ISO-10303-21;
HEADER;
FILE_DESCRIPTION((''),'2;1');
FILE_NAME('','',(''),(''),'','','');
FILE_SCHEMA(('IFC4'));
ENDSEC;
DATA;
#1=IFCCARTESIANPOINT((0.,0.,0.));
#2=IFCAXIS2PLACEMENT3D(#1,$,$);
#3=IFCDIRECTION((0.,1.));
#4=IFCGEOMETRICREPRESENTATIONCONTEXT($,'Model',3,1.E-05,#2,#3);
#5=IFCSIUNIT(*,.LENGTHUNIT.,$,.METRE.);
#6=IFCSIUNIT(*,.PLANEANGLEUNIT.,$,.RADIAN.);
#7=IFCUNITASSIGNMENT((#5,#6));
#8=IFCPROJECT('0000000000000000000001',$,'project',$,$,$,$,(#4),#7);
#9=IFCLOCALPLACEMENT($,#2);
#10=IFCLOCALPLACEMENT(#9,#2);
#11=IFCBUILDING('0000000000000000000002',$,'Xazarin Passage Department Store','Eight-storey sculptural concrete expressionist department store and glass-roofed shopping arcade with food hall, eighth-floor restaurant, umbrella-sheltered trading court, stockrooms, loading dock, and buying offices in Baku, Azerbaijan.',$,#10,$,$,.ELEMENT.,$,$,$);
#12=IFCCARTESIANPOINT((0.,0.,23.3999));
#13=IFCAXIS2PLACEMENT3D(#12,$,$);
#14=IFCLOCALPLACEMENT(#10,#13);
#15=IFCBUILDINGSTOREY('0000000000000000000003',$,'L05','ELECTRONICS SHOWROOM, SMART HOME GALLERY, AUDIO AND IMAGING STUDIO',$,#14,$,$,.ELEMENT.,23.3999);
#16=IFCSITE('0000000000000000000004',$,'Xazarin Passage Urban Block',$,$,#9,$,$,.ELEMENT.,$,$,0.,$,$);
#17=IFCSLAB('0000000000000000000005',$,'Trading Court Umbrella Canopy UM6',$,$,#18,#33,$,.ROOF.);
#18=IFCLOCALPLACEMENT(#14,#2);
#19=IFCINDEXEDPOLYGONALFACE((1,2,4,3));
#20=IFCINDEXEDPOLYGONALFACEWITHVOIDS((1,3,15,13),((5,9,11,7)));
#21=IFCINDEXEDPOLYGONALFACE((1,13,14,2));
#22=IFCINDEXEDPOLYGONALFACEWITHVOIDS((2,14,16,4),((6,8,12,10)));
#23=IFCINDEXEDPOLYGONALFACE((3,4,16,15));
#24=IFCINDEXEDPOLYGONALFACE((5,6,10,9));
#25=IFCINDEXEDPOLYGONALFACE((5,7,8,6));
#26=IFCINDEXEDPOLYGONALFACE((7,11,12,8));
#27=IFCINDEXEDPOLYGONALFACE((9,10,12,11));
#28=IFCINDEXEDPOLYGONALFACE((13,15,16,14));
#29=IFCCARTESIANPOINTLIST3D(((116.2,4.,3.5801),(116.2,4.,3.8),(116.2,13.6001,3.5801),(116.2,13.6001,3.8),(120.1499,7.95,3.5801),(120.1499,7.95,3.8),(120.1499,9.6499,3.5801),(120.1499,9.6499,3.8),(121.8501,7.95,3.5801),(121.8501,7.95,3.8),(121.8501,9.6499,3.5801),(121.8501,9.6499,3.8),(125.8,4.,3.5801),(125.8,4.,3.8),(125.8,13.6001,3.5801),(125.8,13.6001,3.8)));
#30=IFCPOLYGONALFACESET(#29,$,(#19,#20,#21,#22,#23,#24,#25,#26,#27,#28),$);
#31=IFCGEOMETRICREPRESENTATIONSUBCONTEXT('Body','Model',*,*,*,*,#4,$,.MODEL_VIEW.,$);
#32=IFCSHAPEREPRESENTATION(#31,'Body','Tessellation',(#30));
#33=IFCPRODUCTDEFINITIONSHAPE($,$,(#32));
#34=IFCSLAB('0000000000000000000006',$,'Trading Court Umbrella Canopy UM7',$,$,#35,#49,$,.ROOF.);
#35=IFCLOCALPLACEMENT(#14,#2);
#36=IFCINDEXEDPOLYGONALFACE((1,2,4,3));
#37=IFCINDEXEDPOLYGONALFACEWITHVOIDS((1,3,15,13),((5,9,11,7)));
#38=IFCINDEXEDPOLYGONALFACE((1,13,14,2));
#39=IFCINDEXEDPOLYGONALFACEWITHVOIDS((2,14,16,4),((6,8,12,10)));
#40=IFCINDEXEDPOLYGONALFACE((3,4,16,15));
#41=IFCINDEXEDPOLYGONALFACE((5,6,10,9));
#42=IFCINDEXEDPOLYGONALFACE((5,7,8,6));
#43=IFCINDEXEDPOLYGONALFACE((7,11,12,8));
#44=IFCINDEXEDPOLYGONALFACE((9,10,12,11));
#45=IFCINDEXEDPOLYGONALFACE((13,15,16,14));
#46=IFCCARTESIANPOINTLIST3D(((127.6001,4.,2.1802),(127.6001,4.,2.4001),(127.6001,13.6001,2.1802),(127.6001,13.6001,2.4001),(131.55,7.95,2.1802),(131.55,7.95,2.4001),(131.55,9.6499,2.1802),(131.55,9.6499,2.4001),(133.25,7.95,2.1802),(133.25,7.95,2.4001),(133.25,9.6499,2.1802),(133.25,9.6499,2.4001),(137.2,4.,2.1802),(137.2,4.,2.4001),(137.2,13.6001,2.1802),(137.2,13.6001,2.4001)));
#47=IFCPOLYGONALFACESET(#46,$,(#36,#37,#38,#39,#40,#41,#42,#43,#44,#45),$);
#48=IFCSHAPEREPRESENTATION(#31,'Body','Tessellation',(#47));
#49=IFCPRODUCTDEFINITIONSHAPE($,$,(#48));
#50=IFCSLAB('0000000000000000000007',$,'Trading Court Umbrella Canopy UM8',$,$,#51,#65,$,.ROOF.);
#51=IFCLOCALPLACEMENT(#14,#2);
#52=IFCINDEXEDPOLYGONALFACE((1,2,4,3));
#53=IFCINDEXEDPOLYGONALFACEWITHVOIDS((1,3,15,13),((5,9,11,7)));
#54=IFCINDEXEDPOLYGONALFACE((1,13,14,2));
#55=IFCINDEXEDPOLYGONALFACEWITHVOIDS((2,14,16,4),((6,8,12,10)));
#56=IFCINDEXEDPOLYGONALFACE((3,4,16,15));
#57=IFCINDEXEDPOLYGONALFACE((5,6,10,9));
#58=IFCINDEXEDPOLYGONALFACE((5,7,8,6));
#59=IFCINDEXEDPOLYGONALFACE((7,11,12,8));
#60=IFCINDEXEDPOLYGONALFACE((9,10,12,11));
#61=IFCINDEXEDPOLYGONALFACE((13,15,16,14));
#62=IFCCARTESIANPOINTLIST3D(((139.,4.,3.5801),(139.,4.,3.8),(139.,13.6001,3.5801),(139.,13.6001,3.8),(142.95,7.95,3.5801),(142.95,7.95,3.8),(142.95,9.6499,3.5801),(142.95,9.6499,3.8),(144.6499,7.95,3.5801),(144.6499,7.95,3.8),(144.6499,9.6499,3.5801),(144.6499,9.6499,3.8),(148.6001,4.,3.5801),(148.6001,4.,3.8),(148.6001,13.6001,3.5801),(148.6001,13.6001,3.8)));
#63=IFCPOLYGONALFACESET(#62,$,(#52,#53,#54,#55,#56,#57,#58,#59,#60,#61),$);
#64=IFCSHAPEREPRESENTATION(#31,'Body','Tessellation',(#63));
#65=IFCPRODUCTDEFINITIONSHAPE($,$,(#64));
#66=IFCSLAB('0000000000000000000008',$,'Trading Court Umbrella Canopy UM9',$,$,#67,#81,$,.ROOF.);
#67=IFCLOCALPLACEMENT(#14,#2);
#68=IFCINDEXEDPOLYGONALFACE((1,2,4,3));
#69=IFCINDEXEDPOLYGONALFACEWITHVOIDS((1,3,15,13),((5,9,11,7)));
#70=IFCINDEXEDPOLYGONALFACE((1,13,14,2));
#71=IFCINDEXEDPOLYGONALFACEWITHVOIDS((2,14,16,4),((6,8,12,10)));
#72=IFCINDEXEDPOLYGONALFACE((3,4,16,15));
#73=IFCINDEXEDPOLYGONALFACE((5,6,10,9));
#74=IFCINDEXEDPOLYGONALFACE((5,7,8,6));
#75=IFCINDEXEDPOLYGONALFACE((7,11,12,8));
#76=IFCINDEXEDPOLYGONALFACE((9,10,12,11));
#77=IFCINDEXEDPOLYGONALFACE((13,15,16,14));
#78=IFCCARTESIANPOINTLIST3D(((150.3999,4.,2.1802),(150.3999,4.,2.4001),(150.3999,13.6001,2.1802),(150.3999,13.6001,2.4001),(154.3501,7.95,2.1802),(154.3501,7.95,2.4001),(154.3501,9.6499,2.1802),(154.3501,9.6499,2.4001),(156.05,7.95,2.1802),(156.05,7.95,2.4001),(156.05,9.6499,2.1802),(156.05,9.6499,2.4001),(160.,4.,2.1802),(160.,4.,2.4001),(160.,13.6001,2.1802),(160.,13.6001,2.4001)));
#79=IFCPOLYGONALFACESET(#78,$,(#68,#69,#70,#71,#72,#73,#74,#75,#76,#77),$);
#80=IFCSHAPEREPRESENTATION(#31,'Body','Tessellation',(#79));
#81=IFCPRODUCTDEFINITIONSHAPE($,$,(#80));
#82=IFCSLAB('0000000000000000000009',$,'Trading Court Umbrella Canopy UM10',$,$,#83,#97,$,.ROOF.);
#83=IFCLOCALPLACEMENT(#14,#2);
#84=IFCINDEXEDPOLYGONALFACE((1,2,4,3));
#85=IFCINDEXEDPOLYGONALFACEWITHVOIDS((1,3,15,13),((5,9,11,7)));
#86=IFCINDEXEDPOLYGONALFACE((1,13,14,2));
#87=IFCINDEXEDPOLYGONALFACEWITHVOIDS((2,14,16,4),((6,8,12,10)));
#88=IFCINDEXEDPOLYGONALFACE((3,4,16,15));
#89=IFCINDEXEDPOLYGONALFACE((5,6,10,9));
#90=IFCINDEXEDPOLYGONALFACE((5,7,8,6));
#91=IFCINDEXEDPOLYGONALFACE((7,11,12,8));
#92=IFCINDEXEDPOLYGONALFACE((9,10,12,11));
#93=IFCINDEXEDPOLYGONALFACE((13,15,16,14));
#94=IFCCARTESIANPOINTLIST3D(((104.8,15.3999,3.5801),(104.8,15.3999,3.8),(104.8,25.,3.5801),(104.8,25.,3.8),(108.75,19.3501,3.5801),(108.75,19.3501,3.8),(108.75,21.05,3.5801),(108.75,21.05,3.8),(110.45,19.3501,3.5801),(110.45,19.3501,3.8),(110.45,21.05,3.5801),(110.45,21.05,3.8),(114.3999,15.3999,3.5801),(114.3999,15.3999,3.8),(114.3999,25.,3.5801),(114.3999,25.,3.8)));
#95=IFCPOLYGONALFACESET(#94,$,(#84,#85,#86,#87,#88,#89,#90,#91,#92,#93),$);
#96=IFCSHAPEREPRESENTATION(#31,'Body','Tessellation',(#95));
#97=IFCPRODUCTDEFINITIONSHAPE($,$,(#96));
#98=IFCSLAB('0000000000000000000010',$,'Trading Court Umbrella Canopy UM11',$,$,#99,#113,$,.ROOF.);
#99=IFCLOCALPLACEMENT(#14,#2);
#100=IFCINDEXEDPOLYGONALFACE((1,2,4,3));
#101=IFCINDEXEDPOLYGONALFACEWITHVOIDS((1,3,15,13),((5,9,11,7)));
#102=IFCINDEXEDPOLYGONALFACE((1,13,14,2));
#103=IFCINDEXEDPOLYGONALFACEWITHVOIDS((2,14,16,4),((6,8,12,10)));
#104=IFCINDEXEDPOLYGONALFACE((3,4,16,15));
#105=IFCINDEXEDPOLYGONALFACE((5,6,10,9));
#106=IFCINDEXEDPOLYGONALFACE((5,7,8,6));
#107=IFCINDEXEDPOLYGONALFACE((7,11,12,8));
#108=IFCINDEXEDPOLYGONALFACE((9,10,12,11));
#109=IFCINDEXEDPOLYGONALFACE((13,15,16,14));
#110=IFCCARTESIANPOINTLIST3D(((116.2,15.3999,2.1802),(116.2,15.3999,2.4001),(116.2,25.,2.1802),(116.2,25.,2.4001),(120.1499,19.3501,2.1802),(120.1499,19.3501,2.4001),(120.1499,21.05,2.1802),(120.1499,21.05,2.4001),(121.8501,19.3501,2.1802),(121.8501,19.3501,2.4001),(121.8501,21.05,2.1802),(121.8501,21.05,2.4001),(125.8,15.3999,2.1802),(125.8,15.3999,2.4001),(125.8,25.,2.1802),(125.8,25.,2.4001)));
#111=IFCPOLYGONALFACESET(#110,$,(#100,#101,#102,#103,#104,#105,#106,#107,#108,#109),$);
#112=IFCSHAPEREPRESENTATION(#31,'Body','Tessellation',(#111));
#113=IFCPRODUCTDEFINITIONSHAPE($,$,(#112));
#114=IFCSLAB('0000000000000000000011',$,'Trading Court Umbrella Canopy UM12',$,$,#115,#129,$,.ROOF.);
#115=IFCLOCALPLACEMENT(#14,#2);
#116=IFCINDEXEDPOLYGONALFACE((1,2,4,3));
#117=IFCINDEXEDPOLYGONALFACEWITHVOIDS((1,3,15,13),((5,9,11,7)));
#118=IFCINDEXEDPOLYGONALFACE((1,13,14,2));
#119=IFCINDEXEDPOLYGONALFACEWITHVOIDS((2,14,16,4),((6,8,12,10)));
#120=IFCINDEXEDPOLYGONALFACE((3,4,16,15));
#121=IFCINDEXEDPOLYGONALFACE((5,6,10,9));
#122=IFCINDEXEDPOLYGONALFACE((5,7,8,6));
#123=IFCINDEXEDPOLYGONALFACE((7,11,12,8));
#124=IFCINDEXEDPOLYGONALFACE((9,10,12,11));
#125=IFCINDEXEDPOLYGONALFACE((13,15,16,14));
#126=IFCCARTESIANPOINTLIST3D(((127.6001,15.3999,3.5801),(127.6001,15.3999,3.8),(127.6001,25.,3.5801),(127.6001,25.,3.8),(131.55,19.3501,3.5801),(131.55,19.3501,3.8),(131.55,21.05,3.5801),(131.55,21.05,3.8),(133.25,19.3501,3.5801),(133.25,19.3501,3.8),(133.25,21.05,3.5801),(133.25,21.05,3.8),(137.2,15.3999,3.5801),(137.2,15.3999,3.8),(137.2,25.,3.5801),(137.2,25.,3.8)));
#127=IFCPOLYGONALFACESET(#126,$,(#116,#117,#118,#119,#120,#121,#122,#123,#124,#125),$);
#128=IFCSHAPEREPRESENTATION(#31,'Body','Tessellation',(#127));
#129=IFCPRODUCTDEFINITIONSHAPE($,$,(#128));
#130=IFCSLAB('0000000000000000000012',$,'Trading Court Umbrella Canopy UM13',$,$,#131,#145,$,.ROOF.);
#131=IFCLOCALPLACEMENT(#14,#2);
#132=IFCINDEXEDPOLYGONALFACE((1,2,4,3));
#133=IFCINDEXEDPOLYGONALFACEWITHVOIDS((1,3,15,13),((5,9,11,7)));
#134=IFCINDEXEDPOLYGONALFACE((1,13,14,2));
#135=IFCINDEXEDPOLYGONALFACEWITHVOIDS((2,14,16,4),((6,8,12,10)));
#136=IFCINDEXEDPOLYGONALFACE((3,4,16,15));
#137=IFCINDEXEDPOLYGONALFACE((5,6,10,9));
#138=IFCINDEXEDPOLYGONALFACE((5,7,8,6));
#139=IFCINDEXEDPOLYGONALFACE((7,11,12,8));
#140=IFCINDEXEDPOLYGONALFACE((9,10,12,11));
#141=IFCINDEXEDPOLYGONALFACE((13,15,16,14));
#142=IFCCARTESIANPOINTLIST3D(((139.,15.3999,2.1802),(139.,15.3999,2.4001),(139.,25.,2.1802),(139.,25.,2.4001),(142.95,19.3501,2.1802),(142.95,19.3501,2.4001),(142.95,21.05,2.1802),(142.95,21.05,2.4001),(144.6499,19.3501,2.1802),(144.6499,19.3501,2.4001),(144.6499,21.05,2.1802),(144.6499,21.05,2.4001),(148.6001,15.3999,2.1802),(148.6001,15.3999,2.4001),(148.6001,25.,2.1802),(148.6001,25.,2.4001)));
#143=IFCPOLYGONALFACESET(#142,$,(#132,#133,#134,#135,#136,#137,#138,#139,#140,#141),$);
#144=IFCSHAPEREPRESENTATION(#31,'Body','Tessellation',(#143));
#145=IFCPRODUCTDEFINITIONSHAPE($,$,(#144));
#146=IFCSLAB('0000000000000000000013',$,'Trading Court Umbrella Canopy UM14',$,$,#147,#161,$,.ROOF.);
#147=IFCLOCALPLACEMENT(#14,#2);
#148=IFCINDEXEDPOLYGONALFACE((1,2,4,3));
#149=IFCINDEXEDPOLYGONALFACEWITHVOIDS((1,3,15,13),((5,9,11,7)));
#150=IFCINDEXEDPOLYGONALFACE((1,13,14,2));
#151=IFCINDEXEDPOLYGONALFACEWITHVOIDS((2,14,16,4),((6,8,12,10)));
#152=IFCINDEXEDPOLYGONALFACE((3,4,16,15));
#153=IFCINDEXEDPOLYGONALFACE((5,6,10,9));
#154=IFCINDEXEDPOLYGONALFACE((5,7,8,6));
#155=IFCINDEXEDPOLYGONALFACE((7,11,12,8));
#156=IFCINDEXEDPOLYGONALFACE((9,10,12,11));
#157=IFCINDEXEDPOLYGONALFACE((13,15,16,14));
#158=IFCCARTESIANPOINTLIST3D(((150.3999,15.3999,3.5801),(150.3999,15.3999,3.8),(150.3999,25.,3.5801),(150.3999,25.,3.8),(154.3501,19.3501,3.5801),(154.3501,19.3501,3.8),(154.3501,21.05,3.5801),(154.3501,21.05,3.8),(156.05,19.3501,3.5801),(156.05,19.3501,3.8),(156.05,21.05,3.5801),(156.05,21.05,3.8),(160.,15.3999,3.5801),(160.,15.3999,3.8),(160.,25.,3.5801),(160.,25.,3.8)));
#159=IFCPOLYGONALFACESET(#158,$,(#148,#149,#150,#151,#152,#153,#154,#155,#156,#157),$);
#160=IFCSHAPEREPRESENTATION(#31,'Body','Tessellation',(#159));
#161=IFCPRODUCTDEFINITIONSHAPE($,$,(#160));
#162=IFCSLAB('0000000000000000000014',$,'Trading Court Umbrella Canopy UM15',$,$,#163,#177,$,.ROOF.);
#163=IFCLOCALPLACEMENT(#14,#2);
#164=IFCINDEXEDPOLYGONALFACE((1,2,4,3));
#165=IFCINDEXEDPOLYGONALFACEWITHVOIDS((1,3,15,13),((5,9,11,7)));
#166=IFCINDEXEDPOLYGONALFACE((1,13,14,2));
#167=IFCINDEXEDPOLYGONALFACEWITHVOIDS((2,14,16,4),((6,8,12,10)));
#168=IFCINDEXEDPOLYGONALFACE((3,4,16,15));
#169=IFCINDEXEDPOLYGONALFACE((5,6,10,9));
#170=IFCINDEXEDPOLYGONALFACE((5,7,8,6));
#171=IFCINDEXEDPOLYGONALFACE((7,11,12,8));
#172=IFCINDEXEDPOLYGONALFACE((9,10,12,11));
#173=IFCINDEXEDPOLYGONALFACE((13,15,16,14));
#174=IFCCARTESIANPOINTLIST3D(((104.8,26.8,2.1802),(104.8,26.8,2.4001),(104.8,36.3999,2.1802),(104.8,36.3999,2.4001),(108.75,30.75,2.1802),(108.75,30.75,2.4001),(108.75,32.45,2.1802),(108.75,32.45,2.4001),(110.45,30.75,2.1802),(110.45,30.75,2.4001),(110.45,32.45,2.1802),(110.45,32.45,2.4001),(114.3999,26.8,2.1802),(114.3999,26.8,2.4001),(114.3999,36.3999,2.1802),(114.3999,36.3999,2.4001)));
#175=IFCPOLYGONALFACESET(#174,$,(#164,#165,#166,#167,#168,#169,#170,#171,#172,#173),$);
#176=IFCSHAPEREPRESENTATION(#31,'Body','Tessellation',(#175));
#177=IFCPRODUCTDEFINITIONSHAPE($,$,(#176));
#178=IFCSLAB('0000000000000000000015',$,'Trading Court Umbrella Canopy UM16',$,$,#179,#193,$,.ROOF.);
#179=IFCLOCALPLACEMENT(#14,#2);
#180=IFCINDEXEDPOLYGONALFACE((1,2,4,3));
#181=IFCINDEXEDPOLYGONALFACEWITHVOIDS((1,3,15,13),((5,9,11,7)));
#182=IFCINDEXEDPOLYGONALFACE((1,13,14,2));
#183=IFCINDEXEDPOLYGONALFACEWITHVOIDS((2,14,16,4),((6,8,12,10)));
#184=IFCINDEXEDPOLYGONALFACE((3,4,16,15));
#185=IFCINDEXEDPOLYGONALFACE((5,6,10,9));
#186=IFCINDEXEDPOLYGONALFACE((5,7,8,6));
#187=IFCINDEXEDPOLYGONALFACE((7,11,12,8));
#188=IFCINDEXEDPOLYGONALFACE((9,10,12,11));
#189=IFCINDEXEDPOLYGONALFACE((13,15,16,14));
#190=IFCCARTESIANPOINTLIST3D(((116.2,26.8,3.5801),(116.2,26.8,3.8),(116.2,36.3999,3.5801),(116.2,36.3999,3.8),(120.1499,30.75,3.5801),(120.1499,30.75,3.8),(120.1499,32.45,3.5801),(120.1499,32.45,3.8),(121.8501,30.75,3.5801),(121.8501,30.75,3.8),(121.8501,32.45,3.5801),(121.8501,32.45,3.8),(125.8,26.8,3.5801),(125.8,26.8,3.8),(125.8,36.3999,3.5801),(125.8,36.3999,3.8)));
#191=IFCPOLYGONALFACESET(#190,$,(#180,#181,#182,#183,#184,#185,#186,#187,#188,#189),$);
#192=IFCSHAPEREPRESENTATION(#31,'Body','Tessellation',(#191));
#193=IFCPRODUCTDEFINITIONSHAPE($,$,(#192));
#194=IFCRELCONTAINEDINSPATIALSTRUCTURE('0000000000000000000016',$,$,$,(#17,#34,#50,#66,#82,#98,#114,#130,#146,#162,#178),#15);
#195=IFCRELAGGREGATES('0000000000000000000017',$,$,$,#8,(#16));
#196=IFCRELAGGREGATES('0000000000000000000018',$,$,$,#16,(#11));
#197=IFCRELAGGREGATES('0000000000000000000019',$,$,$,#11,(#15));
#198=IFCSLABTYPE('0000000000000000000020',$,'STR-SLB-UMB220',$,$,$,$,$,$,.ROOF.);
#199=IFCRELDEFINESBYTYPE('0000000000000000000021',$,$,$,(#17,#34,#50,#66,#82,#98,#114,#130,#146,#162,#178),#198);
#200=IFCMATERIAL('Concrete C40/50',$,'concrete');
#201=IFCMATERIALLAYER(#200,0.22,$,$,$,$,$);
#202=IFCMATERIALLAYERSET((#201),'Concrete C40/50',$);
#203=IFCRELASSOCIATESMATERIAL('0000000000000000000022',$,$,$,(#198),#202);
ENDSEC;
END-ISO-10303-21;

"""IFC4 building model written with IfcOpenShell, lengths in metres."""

from ifc_helpers import new_model, si_unit, direction, frame, origin, place, context, subcontext, project, spatial, polyline, outline, extrude, material, layer, layer_set, type_object, element, save


model = new_model("IFC4")

# Units and contexts
model_context = context("Model", 3, precision=1e-05, world=origin(), true_north=direction((0.0, 1.0)))
body_context = subcontext(model_context, "Body", "Model", "MODEL_VIEW")
ifc_project = project(units=[si_unit("LENGTHUNIT", "METRE"), si_unit("PLANEANGLEUNIT", "RADIAN")], contexts=[model_context])

# Site, building, storey
site_placement = place(None, origin())
site = spatial("IfcSite", under=ifc_project, at=site_placement, Name="Xazarin Passage Urban Block", CompositionType="ELEMENT", RefElevation=0.0)
building_placement = place(site_placement, origin())
building = spatial("IfcBuilding", under=site, at=building_placement, Name="Xazarin Passage Department Store", Description="Eight-storey sculptural concrete expressionist department store and glass-roofed shopping arcade with food hall, eighth-floor restaurant, umbrella-sheltered trading court, stockrooms, loading dock, and buying offices in Baku, Azerbaijan.", CompositionType="ELEMENT")
storey_placement = place(building_placement, frame((0.0, 0.0, 23.3999)))
storey = spatial("IfcBuildingStorey", under=building, at=storey_placement, Name="L05", Description="ELECTRONICS SHOWROOM, SMART HOME GALLERY, AUDIO AND IMAGING STUDIO", CompositionType="ELEMENT", Elevation=23.3999)

# Slabs
ifc_material_1 = material(Name="Concrete C40/50", Category="concrete")
ifc_layer_1 = layer(ifc_material_1, 0.22)
ifc_layer_set_1 = layer_set([ifc_layer_1], Name="Concrete C40/50")
slab_type_1 = type_object("IfcSlabType", Name="STR-SLB-UMB220", PredefinedType="ROOF", material=ifc_layer_set_1)
slab_1_placement = place(storey_placement, frame((0.0, 0.0, 3.5801)))
element("IfcSlab", 1, at=slab_1_placement, inside=storey, type_object=slab_type_1, Name="Trading Court Umbrella Canopy UM6", PredefinedType="ROOF", context=body_context, shape_type="SweptSolid", body=[
    extrude(outline(polyline([(116.2, 4.0), (125.8, 4.0), (125.8, 13.6001), (116.2, 13.6001), (116.2, 4.0)]), holes=[polyline([(120.1499, 9.6499), (121.8501, 9.6499), (121.8501, 7.95), (120.1499, 7.95), (120.1499, 9.6499)])]), origin(), (0.0, 0.0, 1.0), 0.22),
])
slab_2_placement = place(storey_placement, frame((0.0, 0.0, 2.1802)))
element("IfcSlab", 2, at=slab_2_placement, inside=storey, type_object=slab_type_1, Name="Trading Court Umbrella Canopy UM7", PredefinedType="ROOF", context=body_context, shape_type="SweptSolid", body=[
    extrude(outline(polyline([(127.6001, 4.0), (137.2, 4.0), (137.2, 13.6001), (127.6001, 13.6001), (127.6001, 4.0)]), holes=[polyline([(131.55, 9.6499), (133.25, 9.6499), (133.25, 7.95), (131.55, 7.95), (131.55, 9.6499)])]), origin(), (0.0, 0.0, 1.0), 0.22),
])
slab_3_placement = place(storey_placement, frame((0.0, 0.0, 3.5801)))
element("IfcSlab", 3, at=slab_3_placement, inside=storey, type_object=slab_type_1, Name="Trading Court Umbrella Canopy UM8", PredefinedType="ROOF", context=body_context, shape_type="SweptSolid", body=[
    extrude(outline(polyline([(139.0, 4.0), (148.6001, 4.0), (148.6001, 13.6001), (139.0, 13.6001), (139.0, 4.0)]), holes=[polyline([(142.95, 9.6499), (144.6499, 9.6499), (144.6499, 7.95), (142.95, 7.95), (142.95, 9.6499)])]), origin(), (0.0, 0.0, 1.0), 0.22),
])
slab_4_placement = place(storey_placement, frame((0.0, 0.0, 2.1802)))
element("IfcSlab", 4, at=slab_4_placement, inside=storey, type_object=slab_type_1, Name="Trading Court Umbrella Canopy UM9", PredefinedType="ROOF", context=body_context, shape_type="SweptSolid", body=[
    extrude(outline(polyline([(150.3999, 4.0), (160.0, 4.0), (160.0, 13.6001), (150.3999, 13.6001), (150.3999, 4.0)]), holes=[polyline([(154.3501, 9.6499), (156.05, 9.6499), (156.05, 7.95), (154.3501, 7.95), (154.3501, 9.6499)])]), origin(), (0.0, 0.0, 1.0), 0.22),
])
slab_5_placement = place(storey_placement, frame((0.0, 0.0, 3.5801)))
element("IfcSlab", 5, at=slab_5_placement, inside=storey, type_object=slab_type_1, Name="Trading Court Umbrella Canopy UM10", PredefinedType="ROOF", context=body_context, shape_type="SweptSolid", body=[
    extrude(outline(polyline([(104.8, 15.3999), (114.3999, 15.3999), (114.3999, 25.0), (104.8, 25.0), (104.8, 15.3999)]), holes=[polyline([(108.75, 21.05), (110.45, 21.05), (110.45, 19.3501), (108.75, 19.3501), (108.75, 21.05)])]), origin(), (0.0, 0.0, 1.0), 0.22),
])
slab_6_placement = place(storey_placement, frame((0.0, 0.0, 2.1802)))
element("IfcSlab", 6, at=slab_6_placement, inside=storey, type_object=slab_type_1, Name="Trading Court Umbrella Canopy UM11", PredefinedType="ROOF", context=body_context, shape_type="SweptSolid", body=[
    extrude(outline(polyline([(116.2, 15.3999), (125.8, 15.3999), (125.8, 25.0), (116.2, 25.0), (116.2, 15.3999)]), holes=[polyline([(120.1499, 21.05), (121.8501, 21.05), (121.8501, 19.3501), (120.1499, 19.3501), (120.1499, 21.05)])]), origin(), (0.0, 0.0, 1.0), 0.22),
])
slab_7_placement = place(storey_placement, frame((0.0, 0.0, 3.5801)))
element("IfcSlab", 7, at=slab_7_placement, inside=storey, type_object=slab_type_1, Name="Trading Court Umbrella Canopy UM12", PredefinedType="ROOF", context=body_context, shape_type="SweptSolid", body=[
    extrude(outline(polyline([(127.6001, 15.3999), (137.2, 15.3999), (137.2, 25.0), (127.6001, 25.0), (127.6001, 15.3999)]), holes=[polyline([(131.55, 21.05), (133.25, 21.05), (133.25, 19.3501), (131.55, 19.3501), (131.55, 21.05)])]), origin(), (0.0, 0.0, 1.0), 0.22),
])
slab_8_placement = place(storey_placement, frame((0.0, 0.0, 2.1802)))
element("IfcSlab", 8, at=slab_8_placement, inside=storey, type_object=slab_type_1, Name="Trading Court Umbrella Canopy UM13", PredefinedType="ROOF", context=body_context, shape_type="SweptSolid", body=[
    extrude(outline(polyline([(139.0, 15.3999), (148.6001, 15.3999), (148.6001, 25.0), (139.0, 25.0), (139.0, 15.3999)]), holes=[polyline([(142.95, 21.05), (144.6499, 21.05), (144.6499, 19.3501), (142.95, 19.3501), (142.95, 21.05)])]), origin(), (0.0, 0.0, 1.0), 0.22),
])
slab_9_placement = place(storey_placement, frame((0.0, 0.0, 3.5801)))
element("IfcSlab", 9, at=slab_9_placement, inside=storey, type_object=slab_type_1, Name="Trading Court Umbrella Canopy UM14", PredefinedType="ROOF", context=body_context, shape_type="SweptSolid", body=[
    extrude(outline(polyline([(150.3999, 15.3999), (160.0, 15.3999), (160.0, 25.0), (150.3999, 25.0), (150.3999, 15.3999)]), holes=[polyline([(154.3501, 21.05), (156.05, 21.05), (156.05, 19.3501), (154.3501, 19.3501), (154.3501, 21.05)])]), origin(), (0.0, 0.0, 1.0), 0.22),
])
slab_10_placement = place(storey_placement, frame((0.0, 0.0, 2.1802)))
element("IfcSlab", 10, at=slab_10_placement, inside=storey, type_object=slab_type_1, Name="Trading Court Umbrella Canopy UM15", PredefinedType="ROOF", context=body_context, shape_type="SweptSolid", body=[
    extrude(outline(polyline([(104.8, 26.8), (114.3999, 26.8), (114.3999, 36.3999), (104.8, 36.3999), (104.8, 26.8)]), holes=[polyline([(108.75, 32.45), (110.45, 32.45), (110.45, 30.75), (108.75, 30.75), (108.75, 32.45)])]), origin(), (0.0, 0.0, 1.0), 0.22),
])
slab_11_placement = place(storey_placement, frame((0.0, 0.0, 3.5801)))
element("IfcSlab", 11, at=slab_11_placement, inside=storey, type_object=slab_type_1, Name="Trading Court Umbrella Canopy UM16", PredefinedType="ROOF", context=body_context, shape_type="SweptSolid", body=[
    extrude(outline(polyline([(116.2, 26.8), (125.8, 26.8), (125.8, 36.3999), (116.2, 36.3999), (116.2, 26.8)]), holes=[polyline([(120.1499, 32.45), (121.8501, 32.45), (121.8501, 30.75), (120.1499, 30.75), (120.1499, 32.45)])]), origin(), (0.0, 0.0, 1.0), 0.22),
])

save(model, "model.ifc")
